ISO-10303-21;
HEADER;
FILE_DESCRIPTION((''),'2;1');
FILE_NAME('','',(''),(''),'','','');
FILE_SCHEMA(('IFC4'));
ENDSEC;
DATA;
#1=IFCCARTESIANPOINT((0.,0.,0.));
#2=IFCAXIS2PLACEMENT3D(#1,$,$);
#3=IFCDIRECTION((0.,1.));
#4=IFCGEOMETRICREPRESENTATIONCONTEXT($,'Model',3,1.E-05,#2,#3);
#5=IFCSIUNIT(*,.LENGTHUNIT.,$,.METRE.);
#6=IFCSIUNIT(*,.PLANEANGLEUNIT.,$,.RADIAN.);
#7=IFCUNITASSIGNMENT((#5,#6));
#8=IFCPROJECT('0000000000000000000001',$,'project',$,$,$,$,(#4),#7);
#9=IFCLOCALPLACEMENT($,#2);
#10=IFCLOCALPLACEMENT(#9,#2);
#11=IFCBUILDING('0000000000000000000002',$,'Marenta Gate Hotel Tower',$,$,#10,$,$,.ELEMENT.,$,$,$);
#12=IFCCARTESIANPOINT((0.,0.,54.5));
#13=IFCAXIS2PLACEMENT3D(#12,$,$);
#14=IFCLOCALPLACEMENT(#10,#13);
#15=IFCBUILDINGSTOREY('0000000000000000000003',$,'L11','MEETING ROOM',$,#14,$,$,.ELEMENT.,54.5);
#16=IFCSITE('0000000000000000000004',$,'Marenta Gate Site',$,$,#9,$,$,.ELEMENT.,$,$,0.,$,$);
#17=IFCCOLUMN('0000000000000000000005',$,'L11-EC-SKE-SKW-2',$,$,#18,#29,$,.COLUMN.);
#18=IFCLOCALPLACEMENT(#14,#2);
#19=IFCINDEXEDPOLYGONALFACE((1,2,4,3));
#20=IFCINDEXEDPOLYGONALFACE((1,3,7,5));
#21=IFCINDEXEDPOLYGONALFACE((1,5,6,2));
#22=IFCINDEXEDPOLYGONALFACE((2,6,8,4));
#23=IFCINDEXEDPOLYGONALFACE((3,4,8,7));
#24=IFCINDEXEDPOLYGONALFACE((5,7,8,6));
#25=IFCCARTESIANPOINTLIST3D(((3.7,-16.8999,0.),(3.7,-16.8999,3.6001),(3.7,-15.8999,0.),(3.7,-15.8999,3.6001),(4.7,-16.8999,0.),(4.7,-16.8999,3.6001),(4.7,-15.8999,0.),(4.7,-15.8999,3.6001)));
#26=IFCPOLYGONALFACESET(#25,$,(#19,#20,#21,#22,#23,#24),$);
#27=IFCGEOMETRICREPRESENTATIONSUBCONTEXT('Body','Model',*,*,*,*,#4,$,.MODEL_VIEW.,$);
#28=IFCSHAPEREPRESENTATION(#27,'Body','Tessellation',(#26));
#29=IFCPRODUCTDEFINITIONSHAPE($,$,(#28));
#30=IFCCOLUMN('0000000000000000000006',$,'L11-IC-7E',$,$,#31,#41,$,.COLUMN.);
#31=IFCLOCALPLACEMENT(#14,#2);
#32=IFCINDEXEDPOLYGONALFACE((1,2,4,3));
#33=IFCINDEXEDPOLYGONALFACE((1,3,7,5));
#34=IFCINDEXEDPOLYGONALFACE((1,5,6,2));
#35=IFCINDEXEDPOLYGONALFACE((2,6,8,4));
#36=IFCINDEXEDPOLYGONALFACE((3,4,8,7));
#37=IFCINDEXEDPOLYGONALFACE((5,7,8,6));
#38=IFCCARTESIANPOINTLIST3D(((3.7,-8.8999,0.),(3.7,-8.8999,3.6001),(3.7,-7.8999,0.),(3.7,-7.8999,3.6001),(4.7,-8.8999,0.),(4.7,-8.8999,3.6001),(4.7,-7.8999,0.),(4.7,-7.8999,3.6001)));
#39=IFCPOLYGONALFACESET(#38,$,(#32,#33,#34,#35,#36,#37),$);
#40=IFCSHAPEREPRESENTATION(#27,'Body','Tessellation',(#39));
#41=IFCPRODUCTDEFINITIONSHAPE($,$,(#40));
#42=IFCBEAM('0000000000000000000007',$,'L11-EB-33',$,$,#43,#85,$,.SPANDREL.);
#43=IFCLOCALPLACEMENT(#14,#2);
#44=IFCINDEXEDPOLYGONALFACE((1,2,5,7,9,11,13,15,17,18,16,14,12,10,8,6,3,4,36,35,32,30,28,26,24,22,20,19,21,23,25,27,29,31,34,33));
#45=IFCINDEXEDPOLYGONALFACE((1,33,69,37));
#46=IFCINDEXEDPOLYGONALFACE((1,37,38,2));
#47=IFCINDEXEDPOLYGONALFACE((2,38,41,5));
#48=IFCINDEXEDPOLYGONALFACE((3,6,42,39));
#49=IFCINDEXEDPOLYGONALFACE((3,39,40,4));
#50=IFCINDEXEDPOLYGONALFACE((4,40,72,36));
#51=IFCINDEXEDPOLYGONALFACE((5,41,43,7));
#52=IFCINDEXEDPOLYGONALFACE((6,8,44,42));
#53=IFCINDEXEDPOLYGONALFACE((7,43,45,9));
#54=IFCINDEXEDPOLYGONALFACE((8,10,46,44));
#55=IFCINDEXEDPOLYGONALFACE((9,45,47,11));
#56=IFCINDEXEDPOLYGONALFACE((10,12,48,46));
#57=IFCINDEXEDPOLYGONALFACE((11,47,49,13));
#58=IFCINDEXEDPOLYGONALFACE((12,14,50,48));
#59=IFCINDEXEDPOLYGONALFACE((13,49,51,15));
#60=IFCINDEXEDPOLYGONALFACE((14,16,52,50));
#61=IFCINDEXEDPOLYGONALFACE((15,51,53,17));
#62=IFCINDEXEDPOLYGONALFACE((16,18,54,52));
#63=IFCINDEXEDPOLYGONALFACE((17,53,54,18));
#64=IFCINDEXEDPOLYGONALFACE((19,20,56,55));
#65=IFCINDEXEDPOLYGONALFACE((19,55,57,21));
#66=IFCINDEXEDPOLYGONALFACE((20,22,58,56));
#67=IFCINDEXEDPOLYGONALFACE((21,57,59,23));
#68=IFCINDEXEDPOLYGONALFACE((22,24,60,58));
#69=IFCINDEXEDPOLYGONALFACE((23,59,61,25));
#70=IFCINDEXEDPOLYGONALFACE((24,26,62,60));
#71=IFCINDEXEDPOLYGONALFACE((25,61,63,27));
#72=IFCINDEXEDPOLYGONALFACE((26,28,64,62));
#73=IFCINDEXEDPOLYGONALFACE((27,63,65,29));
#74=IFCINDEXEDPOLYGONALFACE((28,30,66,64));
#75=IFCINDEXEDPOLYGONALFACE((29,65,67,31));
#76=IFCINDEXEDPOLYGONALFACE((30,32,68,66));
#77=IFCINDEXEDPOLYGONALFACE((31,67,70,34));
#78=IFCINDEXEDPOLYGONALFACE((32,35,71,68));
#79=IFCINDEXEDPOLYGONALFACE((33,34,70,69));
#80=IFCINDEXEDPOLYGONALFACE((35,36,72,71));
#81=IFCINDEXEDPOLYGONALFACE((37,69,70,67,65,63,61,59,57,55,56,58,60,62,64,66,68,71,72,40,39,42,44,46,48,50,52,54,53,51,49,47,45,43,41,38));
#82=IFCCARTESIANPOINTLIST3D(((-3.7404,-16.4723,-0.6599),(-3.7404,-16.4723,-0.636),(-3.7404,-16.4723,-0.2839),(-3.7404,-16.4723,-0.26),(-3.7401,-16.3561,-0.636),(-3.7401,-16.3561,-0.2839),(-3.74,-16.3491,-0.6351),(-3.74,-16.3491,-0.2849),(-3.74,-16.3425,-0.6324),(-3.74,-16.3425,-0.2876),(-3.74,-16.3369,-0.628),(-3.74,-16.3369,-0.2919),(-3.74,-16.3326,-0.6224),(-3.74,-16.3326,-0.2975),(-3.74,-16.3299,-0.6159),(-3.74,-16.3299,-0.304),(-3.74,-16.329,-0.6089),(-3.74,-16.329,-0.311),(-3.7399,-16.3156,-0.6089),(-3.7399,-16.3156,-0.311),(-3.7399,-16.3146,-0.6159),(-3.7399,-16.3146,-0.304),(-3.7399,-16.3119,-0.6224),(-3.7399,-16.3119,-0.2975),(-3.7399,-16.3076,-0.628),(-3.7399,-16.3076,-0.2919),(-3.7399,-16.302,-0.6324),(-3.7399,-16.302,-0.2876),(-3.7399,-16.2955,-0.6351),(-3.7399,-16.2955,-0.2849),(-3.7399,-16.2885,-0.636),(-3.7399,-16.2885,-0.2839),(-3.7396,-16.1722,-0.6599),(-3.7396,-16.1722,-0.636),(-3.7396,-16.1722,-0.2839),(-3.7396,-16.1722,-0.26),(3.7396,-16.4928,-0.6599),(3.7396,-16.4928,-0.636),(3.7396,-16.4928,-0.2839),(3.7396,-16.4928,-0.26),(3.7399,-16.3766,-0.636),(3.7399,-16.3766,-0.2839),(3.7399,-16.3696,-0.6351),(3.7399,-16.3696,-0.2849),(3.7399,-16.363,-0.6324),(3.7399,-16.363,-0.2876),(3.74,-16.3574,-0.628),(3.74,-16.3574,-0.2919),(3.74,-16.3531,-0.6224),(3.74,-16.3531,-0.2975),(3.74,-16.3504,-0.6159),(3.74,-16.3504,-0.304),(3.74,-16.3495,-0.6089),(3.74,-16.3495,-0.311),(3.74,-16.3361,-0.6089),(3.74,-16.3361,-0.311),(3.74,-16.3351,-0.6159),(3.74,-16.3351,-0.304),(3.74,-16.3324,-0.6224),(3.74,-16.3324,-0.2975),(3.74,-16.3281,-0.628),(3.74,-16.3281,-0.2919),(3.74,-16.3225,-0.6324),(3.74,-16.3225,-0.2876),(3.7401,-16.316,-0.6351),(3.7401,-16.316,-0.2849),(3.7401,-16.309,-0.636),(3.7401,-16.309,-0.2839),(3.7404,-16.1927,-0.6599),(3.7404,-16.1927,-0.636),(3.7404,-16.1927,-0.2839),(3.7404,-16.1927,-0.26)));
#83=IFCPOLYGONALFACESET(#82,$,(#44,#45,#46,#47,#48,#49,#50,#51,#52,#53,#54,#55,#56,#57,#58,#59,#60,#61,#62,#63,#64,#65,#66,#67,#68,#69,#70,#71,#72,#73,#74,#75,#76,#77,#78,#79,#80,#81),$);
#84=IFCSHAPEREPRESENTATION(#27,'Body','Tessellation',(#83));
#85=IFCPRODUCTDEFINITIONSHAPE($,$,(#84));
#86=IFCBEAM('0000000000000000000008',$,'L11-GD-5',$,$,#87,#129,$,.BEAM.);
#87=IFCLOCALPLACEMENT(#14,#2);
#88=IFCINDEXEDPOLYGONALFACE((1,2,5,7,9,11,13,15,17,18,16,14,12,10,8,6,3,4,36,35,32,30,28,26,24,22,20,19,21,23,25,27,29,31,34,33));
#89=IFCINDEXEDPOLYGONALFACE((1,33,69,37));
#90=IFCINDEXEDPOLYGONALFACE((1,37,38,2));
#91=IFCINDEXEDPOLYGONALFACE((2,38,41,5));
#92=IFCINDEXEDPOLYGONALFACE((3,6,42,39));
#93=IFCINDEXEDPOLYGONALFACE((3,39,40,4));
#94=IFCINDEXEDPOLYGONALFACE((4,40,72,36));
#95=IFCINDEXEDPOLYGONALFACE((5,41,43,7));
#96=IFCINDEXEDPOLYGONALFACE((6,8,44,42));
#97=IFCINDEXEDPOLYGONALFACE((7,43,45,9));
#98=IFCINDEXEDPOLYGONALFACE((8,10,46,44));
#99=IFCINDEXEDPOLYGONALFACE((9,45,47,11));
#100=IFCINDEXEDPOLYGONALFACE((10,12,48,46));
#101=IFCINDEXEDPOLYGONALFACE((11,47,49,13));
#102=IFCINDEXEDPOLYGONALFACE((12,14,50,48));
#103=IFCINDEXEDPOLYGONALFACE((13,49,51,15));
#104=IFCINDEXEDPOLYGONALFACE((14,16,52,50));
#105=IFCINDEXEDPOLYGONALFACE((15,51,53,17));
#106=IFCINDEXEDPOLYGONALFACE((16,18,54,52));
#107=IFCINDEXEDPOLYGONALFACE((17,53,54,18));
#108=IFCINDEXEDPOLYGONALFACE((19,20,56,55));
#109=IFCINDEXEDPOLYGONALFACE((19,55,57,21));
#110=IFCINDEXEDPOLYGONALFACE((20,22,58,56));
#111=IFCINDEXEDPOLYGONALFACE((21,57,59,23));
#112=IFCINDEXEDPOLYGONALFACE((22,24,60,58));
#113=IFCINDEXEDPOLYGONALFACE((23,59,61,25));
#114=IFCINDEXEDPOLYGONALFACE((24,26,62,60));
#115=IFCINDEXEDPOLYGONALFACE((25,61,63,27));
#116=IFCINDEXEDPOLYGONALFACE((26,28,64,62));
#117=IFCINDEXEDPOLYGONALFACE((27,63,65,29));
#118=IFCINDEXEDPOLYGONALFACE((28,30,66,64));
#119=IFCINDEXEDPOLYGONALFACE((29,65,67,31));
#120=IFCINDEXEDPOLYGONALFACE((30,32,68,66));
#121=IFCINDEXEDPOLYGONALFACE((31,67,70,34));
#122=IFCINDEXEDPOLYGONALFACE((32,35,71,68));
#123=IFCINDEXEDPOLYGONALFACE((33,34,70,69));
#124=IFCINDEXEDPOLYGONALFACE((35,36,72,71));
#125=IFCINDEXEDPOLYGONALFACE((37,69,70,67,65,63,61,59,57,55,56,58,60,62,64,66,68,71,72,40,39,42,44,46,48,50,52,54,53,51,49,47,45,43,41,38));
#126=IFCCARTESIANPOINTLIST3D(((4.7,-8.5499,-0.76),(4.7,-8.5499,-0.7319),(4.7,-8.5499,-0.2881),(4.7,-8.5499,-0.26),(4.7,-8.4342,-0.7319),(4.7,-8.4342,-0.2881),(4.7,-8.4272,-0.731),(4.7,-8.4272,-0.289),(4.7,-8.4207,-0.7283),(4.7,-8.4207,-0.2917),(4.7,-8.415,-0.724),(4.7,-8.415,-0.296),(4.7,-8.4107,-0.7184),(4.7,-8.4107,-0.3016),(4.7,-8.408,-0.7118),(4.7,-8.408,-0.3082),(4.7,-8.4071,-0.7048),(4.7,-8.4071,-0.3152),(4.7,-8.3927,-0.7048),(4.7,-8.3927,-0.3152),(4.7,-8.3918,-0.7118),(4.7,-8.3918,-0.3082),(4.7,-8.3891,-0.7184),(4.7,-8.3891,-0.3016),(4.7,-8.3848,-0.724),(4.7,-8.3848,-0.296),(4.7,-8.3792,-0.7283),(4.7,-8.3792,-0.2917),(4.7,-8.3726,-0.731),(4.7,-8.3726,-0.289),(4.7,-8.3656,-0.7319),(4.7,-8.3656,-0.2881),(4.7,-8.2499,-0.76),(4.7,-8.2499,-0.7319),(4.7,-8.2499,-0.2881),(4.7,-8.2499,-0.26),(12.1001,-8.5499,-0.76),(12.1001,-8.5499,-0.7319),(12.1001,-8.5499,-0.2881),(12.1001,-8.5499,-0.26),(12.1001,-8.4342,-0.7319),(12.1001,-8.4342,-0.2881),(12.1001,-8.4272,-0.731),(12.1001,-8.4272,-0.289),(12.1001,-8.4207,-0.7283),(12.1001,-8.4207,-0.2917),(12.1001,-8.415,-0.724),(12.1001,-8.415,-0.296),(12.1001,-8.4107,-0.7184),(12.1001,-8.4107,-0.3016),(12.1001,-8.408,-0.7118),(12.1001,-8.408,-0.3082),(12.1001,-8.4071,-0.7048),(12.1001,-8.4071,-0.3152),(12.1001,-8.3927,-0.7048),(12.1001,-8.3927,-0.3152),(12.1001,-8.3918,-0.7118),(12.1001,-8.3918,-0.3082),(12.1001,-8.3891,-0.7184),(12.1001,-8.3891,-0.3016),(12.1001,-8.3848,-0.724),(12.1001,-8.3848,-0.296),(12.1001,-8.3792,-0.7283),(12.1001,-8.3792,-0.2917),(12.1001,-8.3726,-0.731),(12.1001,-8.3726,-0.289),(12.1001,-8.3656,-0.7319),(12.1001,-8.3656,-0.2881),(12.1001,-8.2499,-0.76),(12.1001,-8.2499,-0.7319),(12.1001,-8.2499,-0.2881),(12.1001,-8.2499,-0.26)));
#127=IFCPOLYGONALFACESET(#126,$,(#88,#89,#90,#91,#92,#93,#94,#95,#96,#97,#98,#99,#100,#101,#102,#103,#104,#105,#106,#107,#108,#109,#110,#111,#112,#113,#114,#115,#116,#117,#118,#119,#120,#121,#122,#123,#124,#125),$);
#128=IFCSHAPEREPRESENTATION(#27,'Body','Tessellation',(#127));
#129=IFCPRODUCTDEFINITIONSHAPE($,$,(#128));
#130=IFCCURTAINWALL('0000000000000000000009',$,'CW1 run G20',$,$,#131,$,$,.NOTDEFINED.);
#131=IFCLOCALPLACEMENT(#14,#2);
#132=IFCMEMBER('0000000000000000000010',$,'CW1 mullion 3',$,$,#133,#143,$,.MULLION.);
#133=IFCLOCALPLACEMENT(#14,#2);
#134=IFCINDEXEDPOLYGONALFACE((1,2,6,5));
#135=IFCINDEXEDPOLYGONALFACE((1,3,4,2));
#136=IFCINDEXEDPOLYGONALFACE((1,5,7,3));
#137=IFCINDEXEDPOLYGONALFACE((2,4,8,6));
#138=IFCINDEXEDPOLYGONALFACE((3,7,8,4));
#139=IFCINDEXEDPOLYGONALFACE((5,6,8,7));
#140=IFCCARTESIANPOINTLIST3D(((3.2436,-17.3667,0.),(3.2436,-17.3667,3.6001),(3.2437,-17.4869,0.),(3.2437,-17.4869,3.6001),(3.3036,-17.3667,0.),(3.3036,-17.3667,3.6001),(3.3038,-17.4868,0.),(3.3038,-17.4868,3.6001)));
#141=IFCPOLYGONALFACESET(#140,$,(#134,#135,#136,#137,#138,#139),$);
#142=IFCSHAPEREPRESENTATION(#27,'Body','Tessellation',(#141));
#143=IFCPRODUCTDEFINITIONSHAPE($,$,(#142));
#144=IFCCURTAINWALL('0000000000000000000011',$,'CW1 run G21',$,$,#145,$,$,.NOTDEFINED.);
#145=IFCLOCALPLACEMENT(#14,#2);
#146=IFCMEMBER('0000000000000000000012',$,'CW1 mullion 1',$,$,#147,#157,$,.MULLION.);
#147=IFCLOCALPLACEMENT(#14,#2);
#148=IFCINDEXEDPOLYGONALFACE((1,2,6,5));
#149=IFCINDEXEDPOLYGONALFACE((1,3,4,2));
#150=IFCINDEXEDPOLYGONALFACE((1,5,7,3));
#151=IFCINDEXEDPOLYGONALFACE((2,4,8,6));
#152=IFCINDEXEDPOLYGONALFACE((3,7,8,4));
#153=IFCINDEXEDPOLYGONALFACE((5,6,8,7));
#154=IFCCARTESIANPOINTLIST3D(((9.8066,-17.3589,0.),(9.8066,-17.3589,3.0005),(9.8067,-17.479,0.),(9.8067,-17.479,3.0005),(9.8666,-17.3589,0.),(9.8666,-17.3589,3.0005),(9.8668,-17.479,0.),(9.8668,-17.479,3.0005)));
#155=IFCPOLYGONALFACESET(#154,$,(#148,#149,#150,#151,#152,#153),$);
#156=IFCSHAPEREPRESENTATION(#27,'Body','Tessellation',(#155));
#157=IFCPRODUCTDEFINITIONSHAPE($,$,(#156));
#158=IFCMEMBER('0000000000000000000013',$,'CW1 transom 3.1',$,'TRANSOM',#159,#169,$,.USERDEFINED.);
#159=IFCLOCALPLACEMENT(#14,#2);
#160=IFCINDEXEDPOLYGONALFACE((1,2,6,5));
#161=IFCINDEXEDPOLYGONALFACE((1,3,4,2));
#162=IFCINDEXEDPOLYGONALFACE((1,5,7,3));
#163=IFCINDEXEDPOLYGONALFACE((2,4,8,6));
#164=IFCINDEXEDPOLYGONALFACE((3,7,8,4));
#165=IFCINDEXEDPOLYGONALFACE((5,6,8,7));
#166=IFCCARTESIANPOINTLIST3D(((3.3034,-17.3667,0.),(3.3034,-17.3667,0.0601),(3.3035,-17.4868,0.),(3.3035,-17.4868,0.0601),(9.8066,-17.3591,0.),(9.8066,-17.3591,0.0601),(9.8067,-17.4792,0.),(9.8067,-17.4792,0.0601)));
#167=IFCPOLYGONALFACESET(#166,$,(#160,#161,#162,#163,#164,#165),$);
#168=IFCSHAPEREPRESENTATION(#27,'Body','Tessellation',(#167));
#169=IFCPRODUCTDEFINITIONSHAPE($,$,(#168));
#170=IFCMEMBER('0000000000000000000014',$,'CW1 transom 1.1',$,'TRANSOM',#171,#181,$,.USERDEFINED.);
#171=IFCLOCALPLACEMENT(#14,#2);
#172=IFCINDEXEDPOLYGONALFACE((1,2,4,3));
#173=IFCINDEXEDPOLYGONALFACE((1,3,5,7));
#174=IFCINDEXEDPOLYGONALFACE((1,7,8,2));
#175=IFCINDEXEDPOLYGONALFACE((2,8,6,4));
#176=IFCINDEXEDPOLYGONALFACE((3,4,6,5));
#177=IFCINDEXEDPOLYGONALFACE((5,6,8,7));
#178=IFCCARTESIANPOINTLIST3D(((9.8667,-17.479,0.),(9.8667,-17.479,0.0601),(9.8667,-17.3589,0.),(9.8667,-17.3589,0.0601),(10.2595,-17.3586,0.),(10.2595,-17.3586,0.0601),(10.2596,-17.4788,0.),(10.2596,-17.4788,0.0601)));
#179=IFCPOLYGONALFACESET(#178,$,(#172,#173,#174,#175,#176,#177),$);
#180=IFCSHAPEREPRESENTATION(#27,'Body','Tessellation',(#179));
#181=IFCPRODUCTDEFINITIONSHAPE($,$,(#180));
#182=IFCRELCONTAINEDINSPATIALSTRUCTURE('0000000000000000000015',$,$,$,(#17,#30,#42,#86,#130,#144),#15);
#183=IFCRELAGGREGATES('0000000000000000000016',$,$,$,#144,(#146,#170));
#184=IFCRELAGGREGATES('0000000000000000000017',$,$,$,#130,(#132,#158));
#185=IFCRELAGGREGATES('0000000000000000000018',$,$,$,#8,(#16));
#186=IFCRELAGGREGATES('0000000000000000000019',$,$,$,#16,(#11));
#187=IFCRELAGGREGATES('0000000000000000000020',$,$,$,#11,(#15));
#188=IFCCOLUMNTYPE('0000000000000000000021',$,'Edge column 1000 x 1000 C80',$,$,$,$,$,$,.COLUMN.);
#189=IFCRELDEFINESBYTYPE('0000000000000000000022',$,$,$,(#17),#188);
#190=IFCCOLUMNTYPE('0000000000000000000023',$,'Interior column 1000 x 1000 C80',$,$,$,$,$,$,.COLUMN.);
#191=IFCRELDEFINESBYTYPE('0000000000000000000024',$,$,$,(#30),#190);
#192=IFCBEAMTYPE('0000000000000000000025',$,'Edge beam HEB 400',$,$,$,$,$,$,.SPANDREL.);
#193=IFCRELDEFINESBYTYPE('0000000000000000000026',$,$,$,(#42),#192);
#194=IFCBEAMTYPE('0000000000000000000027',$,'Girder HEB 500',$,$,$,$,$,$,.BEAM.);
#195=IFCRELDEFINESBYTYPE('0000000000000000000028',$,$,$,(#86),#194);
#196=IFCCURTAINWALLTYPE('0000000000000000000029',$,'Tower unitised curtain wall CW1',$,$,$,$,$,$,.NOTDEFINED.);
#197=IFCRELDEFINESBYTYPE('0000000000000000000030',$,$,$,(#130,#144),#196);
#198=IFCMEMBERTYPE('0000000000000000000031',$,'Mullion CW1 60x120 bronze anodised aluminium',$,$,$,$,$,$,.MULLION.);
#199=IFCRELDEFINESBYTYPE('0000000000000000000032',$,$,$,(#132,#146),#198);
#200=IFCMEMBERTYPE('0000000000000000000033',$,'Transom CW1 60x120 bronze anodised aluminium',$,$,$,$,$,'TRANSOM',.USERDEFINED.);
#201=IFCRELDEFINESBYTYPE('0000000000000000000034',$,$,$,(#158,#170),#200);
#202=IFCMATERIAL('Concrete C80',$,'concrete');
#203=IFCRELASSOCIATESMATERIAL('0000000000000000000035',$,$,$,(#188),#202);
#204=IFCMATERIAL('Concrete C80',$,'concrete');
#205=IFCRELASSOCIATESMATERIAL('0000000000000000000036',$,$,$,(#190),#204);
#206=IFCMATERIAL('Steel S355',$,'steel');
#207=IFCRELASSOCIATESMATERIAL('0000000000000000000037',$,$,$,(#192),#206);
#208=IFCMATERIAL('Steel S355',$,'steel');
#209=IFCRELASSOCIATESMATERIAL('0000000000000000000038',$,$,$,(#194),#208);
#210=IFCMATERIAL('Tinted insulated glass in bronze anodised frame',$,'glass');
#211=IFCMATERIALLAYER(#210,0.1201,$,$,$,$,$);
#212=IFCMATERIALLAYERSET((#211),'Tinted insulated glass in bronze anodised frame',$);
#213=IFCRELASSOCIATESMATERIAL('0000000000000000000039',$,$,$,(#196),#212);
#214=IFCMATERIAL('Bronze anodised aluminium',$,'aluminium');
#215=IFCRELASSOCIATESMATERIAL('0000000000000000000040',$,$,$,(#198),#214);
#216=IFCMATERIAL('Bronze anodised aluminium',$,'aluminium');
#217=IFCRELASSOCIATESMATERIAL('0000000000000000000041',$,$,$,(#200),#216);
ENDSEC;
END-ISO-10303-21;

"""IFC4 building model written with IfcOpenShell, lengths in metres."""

from ifc_helpers import new_model, si_unit, direction, frame, origin, origin_2d, place, context, subcontext, project, spatial, rectangle, i_section, extrude, material, layer, layer_set, material_profile, profile_set, type_object, element, aggregate, save


model = new_model("IFC4")

# Units and contexts
model_context = context("Model", 3, precision=1e-05, world=origin(), true_north=direction((0.0, 1.0)))
body_context = subcontext(model_context, "Body", "Model", "MODEL_VIEW")
ifc_project = project(units=[si_unit("LENGTHUNIT", "METRE"), si_unit("PLANEANGLEUNIT", "RADIAN")], contexts=[model_context])

# Site, building, storey
site_placement = place(None, origin())
site = spatial("IfcSite", under=ifc_project, at=site_placement, Name="Marenta Gate Site", CompositionType="ELEMENT", RefElevation=0.0)
building_placement = place(site_placement, origin())
building = spatial("IfcBuilding", under=site, at=building_placement, Name="Marenta Gate Hotel Tower", CompositionType="ELEMENT")
storey_placement = place(building_placement, frame((0.0, 0.0, 54.5)))
storey = spatial("IfcBuildingStorey", under=building, at=storey_placement, Name="L11", Description="MEETING ROOM", CompositionType="ELEMENT", Elevation=54.5)

# Columns
ifc_material_1 = material(Name="Concrete C80", Category="concrete")
ifc_material_profile_1 = material_profile(ifc_material_1, rectangle(XDim=1.0, YDim=1.0, at=origin_2d()), Name="1000 x 1000")
ifc_profile_set_1 = profile_set([ifc_material_profile_1], Name="Concrete C80")
column_type_1 = type_object("IfcColumnType", Name="Edge column 1000 x 1000 C80", PredefinedType="COLUMN", material=ifc_profile_set_1)
column_1_placement = place(storey_placement, frame((4.2, -16.3999, 0.0), z_axis=(0.0, 0.0, 1.0), x_axis=(1.0, 0.0, 0.0)))
element("IfcColumn", 1, at=column_1_placement, inside=storey, type_object=column_type_1, Name="L11-EC-SKE-SKW-2", PredefinedType="COLUMN", context=body_context, shape_type="SweptSolid", body=[
    extrude(rectangle(XDim=1.0, YDim=1.0, at=origin_2d()), origin(), (0.0, 0.0, 1.0), 3.6001),
])
ifc_material_2 = material(Name="Concrete C80", Category="concrete")
ifc_material_profile_2 = material_profile(ifc_material_2, rectangle(XDim=1.0, YDim=1.0, at=origin_2d()), Name="1000 x 1000")
ifc_profile_set_2 = profile_set([ifc_material_profile_2], Name="Concrete C80")
column_type_2 = type_object("IfcColumnType", Name="Interior column 1000 x 1000 C80", PredefinedType="COLUMN", material=ifc_profile_set_2)
column_2_placement = place(storey_placement, frame((4.2, -8.3999, 0.0), z_axis=(0.0, 0.0, 1.0), x_axis=(1.0, 0.0, 0.0)))
element("IfcColumn", 2, at=column_2_placement, inside=storey, type_object=column_type_2, Name="L11-IC-7E", PredefinedType="COLUMN", context=body_context, shape_type="SweptSolid", body=[
    extrude(rectangle(XDim=1.0, YDim=1.0, at=origin_2d()), origin(), (0.0, 0.0, 1.0), 3.6001),
])

# Beams
ifc_material_3 = material(Name="Steel S355", Category="steel")
ifc_material_profile_3 = material_profile(ifc_material_3, i_section(OverallWidth=0.3, OverallDepth=0.3999, WebThickness=0.0134, FlangeThickness=0.0239, FilletRadius=0.0271, at=origin_2d()), Name="HEB 400")
ifc_profile_set_3 = profile_set([ifc_material_profile_3], Name="Steel S355")
beam_type_1 = type_object("IfcBeamType", Name="Edge beam HEB 400", PredefinedType="SPANDREL", material=ifc_profile_set_3)
beam_1_placement = place(storey_placement, frame((3.74, -16.3428, -0.46), z_axis=(-0.999996, 0.002742, 0.0), x_axis=(-0.002742, -0.999996, 0.0)))
element("IfcBeam", 3, at=beam_1_placement, inside=storey, type_object=beam_type_1, Name="L11-EB-33", PredefinedType="SPANDREL", context=body_context, shape_type="SweptSolid", body=[
    extrude(i_section(OverallWidth=0.3, OverallDepth=0.3999, WebThickness=0.0134, FlangeThickness=0.0239, FilletRadius=0.0271, at=origin_2d()), origin(), (0.0, 0.0, 1.0), 7.48),
])
ifc_material_4 = material(Name="Steel S355", Category="steel")
ifc_material_profile_4 = material_profile(ifc_material_4, i_section(OverallWidth=0.3, OverallDepth=0.5, WebThickness=0.0144, FlangeThickness=0.0281, FilletRadius=0.0271, at=origin_2d()), Name="HEB 500")
ifc_profile_set_4 = profile_set([ifc_material_profile_4], Name="Steel S355")
beam_type_2 = type_object("IfcBeamType", Name="Girder HEB 500", PredefinedType="BEAM", material=ifc_profile_set_4)
beam_2_placement = place(storey_placement, frame((4.7, -8.3999, -0.51), z_axis=(1.0, 0.0, 0.0), x_axis=(0.0, 1.0, 0.0)))
element("IfcBeam", 4, at=beam_2_placement, inside=storey, type_object=beam_type_2, Name="L11-GD-5", PredefinedType="BEAM", context=body_context, shape_type="SweptSolid", body=[
    extrude(i_section(OverallWidth=0.3, OverallDepth=0.5, WebThickness=0.0144, FlangeThickness=0.0281, FilletRadius=0.0271, at=origin_2d()), origin(), (0.0, 0.0, 1.0), 7.4001),
])

# Curtain walls, members
ifc_material_5 = material(Name="Tinted insulated glass in bronze anodised frame", Category="glass")
ifc_layer_1 = layer(ifc_material_5, 0.1201)
ifc_layer_set_1 = layer_set([ifc_layer_1], Name="Tinted insulated glass in bronze anodised frame")
curtain_wall_type = type_object("IfcCurtainWallType", Name="Tower unitised curtain wall CW1", PredefinedType="NOTDEFINED", material=ifc_layer_set_1)
curtain_wall_1_placement = place(storey_placement, origin())
curtain_wall_1 = element("IfcCurtainWall", 5, at=curtain_wall_1_placement, inside=storey, type_object=curtain_wall_type, Name="CW1 run G20", PredefinedType="NOTDEFINED")
ifc_material_6 = material(Name="Bronze anodised aluminium", Category="aluminium")
ifc_material_profile_5 = material_profile(ifc_material_6, rectangle(XDim=0.1201, YDim=0.0601, at=origin_2d()), Name="Mullion CW1 60x120 bronze anodised aluminium")
ifc_profile_set_5 = profile_set([ifc_material_profile_5], Name="Bronze anodised aluminium")
member_type_1 = type_object("IfcMemberType", Name="Mullion CW1 60x120 bronze anodised aluminium", PredefinedType="MULLION", material=ifc_profile_set_5)
member_1_placement = place(storey_placement, frame((3.2737, -17.4268, 0.0), z_axis=(0.0, 0.0, 1.0), x_axis=(-0.001163, 0.999999, 0.0)))
member_1 = element("IfcMember", 6, at=member_1_placement, type_object=member_type_1, Name="CW1 mullion 3", PredefinedType="MULLION", context=body_context, shape_type="SweptSolid", body=[
    extrude(rectangle(XDim=0.1201, YDim=0.0601, at=origin_2d()), origin(), (0.0, 0.0, 1.0), 3.6001),
])
curtain_wall_2_placement = place(storey_placement, origin())
curtain_wall_2 = element("IfcCurtainWall", 7, at=curtain_wall_2_placement, inside=storey, type_object=curtain_wall_type, Name="CW1 run G21", PredefinedType="NOTDEFINED")
member_2_placement = place(storey_placement, frame((9.8367, -17.4189, 0.0), z_axis=(0.0, 0.0, 1.0), x_axis=(-0.001104, 0.999999, 0.0)))
member_2 = element("IfcMember", 8, at=member_2_placement, type_object=member_type_1, Name="CW1 mullion 1", PredefinedType="MULLION", context=body_context, shape_type="SweptSolid", body=[
    extrude(rectangle(XDim=0.1201, YDim=0.0601, at=origin_2d()), origin(), (0.0, 0.0, 1.0), 3.0005),
])

# Members
ifc_material_7 = material(Name="Bronze anodised aluminium", Category="aluminium")
ifc_material_profile_6 = material_profile(ifc_material_7, rectangle(XDim=0.1201, YDim=0.0601, at=origin_2d()), Name="Transom CW1 60x120 bronze anodised aluminium")
ifc_profile_set_6 = profile_set([ifc_material_profile_6], Name="Bronze anodised aluminium")
member_type_2 = type_object("IfcMemberType", Name="Transom CW1 60x120 bronze anodised aluminium", ElementType="TRANSOM", PredefinedType="USERDEFINED", material=ifc_profile_set_6)
member_3_placement = place(storey_placement, frame((3.3035, -17.4268, 0.03), z_axis=(0.999999, 0.001164, 0.0), x_axis=(-0.001164, 0.999999, 0.0)))
member_3 = element("IfcMember", 9, at=member_3_placement, type_object=member_type_2, Name="CW1 transom 3.1", ObjectType="TRANSOM", PredefinedType="USERDEFINED", context=body_context, shape_type="SweptSolid", body=[
    extrude(rectangle(XDim=0.1201, YDim=0.0601, at=origin_2d()), origin(), (0.0, 0.0, 1.0), 6.5032),
])
member_4_placement = place(storey_placement, frame((9.8667, -17.4189, 0.03), z_axis=(1.0, 0.000622, 0.0), x_axis=(-0.000622, 1.0, 0.0)))
member_4 = element("IfcMember", 10, at=member_4_placement, type_object=member_type_2, Name="CW1 transom 1.1", ObjectType="TRANSOM", PredefinedType="USERDEFINED", context=body_context, shape_type="SweptSolid", body=[
    extrude(rectangle(XDim=0.1201, YDim=0.0601, at=origin_2d()), origin(), (0.0, 0.0, 1.0), 0.3928),
])
aggregate(curtain_wall_2, [member_2, member_4])

aggregate(curtain_wall_1, [member_1, member_3])

save(model, "model.ifc")
